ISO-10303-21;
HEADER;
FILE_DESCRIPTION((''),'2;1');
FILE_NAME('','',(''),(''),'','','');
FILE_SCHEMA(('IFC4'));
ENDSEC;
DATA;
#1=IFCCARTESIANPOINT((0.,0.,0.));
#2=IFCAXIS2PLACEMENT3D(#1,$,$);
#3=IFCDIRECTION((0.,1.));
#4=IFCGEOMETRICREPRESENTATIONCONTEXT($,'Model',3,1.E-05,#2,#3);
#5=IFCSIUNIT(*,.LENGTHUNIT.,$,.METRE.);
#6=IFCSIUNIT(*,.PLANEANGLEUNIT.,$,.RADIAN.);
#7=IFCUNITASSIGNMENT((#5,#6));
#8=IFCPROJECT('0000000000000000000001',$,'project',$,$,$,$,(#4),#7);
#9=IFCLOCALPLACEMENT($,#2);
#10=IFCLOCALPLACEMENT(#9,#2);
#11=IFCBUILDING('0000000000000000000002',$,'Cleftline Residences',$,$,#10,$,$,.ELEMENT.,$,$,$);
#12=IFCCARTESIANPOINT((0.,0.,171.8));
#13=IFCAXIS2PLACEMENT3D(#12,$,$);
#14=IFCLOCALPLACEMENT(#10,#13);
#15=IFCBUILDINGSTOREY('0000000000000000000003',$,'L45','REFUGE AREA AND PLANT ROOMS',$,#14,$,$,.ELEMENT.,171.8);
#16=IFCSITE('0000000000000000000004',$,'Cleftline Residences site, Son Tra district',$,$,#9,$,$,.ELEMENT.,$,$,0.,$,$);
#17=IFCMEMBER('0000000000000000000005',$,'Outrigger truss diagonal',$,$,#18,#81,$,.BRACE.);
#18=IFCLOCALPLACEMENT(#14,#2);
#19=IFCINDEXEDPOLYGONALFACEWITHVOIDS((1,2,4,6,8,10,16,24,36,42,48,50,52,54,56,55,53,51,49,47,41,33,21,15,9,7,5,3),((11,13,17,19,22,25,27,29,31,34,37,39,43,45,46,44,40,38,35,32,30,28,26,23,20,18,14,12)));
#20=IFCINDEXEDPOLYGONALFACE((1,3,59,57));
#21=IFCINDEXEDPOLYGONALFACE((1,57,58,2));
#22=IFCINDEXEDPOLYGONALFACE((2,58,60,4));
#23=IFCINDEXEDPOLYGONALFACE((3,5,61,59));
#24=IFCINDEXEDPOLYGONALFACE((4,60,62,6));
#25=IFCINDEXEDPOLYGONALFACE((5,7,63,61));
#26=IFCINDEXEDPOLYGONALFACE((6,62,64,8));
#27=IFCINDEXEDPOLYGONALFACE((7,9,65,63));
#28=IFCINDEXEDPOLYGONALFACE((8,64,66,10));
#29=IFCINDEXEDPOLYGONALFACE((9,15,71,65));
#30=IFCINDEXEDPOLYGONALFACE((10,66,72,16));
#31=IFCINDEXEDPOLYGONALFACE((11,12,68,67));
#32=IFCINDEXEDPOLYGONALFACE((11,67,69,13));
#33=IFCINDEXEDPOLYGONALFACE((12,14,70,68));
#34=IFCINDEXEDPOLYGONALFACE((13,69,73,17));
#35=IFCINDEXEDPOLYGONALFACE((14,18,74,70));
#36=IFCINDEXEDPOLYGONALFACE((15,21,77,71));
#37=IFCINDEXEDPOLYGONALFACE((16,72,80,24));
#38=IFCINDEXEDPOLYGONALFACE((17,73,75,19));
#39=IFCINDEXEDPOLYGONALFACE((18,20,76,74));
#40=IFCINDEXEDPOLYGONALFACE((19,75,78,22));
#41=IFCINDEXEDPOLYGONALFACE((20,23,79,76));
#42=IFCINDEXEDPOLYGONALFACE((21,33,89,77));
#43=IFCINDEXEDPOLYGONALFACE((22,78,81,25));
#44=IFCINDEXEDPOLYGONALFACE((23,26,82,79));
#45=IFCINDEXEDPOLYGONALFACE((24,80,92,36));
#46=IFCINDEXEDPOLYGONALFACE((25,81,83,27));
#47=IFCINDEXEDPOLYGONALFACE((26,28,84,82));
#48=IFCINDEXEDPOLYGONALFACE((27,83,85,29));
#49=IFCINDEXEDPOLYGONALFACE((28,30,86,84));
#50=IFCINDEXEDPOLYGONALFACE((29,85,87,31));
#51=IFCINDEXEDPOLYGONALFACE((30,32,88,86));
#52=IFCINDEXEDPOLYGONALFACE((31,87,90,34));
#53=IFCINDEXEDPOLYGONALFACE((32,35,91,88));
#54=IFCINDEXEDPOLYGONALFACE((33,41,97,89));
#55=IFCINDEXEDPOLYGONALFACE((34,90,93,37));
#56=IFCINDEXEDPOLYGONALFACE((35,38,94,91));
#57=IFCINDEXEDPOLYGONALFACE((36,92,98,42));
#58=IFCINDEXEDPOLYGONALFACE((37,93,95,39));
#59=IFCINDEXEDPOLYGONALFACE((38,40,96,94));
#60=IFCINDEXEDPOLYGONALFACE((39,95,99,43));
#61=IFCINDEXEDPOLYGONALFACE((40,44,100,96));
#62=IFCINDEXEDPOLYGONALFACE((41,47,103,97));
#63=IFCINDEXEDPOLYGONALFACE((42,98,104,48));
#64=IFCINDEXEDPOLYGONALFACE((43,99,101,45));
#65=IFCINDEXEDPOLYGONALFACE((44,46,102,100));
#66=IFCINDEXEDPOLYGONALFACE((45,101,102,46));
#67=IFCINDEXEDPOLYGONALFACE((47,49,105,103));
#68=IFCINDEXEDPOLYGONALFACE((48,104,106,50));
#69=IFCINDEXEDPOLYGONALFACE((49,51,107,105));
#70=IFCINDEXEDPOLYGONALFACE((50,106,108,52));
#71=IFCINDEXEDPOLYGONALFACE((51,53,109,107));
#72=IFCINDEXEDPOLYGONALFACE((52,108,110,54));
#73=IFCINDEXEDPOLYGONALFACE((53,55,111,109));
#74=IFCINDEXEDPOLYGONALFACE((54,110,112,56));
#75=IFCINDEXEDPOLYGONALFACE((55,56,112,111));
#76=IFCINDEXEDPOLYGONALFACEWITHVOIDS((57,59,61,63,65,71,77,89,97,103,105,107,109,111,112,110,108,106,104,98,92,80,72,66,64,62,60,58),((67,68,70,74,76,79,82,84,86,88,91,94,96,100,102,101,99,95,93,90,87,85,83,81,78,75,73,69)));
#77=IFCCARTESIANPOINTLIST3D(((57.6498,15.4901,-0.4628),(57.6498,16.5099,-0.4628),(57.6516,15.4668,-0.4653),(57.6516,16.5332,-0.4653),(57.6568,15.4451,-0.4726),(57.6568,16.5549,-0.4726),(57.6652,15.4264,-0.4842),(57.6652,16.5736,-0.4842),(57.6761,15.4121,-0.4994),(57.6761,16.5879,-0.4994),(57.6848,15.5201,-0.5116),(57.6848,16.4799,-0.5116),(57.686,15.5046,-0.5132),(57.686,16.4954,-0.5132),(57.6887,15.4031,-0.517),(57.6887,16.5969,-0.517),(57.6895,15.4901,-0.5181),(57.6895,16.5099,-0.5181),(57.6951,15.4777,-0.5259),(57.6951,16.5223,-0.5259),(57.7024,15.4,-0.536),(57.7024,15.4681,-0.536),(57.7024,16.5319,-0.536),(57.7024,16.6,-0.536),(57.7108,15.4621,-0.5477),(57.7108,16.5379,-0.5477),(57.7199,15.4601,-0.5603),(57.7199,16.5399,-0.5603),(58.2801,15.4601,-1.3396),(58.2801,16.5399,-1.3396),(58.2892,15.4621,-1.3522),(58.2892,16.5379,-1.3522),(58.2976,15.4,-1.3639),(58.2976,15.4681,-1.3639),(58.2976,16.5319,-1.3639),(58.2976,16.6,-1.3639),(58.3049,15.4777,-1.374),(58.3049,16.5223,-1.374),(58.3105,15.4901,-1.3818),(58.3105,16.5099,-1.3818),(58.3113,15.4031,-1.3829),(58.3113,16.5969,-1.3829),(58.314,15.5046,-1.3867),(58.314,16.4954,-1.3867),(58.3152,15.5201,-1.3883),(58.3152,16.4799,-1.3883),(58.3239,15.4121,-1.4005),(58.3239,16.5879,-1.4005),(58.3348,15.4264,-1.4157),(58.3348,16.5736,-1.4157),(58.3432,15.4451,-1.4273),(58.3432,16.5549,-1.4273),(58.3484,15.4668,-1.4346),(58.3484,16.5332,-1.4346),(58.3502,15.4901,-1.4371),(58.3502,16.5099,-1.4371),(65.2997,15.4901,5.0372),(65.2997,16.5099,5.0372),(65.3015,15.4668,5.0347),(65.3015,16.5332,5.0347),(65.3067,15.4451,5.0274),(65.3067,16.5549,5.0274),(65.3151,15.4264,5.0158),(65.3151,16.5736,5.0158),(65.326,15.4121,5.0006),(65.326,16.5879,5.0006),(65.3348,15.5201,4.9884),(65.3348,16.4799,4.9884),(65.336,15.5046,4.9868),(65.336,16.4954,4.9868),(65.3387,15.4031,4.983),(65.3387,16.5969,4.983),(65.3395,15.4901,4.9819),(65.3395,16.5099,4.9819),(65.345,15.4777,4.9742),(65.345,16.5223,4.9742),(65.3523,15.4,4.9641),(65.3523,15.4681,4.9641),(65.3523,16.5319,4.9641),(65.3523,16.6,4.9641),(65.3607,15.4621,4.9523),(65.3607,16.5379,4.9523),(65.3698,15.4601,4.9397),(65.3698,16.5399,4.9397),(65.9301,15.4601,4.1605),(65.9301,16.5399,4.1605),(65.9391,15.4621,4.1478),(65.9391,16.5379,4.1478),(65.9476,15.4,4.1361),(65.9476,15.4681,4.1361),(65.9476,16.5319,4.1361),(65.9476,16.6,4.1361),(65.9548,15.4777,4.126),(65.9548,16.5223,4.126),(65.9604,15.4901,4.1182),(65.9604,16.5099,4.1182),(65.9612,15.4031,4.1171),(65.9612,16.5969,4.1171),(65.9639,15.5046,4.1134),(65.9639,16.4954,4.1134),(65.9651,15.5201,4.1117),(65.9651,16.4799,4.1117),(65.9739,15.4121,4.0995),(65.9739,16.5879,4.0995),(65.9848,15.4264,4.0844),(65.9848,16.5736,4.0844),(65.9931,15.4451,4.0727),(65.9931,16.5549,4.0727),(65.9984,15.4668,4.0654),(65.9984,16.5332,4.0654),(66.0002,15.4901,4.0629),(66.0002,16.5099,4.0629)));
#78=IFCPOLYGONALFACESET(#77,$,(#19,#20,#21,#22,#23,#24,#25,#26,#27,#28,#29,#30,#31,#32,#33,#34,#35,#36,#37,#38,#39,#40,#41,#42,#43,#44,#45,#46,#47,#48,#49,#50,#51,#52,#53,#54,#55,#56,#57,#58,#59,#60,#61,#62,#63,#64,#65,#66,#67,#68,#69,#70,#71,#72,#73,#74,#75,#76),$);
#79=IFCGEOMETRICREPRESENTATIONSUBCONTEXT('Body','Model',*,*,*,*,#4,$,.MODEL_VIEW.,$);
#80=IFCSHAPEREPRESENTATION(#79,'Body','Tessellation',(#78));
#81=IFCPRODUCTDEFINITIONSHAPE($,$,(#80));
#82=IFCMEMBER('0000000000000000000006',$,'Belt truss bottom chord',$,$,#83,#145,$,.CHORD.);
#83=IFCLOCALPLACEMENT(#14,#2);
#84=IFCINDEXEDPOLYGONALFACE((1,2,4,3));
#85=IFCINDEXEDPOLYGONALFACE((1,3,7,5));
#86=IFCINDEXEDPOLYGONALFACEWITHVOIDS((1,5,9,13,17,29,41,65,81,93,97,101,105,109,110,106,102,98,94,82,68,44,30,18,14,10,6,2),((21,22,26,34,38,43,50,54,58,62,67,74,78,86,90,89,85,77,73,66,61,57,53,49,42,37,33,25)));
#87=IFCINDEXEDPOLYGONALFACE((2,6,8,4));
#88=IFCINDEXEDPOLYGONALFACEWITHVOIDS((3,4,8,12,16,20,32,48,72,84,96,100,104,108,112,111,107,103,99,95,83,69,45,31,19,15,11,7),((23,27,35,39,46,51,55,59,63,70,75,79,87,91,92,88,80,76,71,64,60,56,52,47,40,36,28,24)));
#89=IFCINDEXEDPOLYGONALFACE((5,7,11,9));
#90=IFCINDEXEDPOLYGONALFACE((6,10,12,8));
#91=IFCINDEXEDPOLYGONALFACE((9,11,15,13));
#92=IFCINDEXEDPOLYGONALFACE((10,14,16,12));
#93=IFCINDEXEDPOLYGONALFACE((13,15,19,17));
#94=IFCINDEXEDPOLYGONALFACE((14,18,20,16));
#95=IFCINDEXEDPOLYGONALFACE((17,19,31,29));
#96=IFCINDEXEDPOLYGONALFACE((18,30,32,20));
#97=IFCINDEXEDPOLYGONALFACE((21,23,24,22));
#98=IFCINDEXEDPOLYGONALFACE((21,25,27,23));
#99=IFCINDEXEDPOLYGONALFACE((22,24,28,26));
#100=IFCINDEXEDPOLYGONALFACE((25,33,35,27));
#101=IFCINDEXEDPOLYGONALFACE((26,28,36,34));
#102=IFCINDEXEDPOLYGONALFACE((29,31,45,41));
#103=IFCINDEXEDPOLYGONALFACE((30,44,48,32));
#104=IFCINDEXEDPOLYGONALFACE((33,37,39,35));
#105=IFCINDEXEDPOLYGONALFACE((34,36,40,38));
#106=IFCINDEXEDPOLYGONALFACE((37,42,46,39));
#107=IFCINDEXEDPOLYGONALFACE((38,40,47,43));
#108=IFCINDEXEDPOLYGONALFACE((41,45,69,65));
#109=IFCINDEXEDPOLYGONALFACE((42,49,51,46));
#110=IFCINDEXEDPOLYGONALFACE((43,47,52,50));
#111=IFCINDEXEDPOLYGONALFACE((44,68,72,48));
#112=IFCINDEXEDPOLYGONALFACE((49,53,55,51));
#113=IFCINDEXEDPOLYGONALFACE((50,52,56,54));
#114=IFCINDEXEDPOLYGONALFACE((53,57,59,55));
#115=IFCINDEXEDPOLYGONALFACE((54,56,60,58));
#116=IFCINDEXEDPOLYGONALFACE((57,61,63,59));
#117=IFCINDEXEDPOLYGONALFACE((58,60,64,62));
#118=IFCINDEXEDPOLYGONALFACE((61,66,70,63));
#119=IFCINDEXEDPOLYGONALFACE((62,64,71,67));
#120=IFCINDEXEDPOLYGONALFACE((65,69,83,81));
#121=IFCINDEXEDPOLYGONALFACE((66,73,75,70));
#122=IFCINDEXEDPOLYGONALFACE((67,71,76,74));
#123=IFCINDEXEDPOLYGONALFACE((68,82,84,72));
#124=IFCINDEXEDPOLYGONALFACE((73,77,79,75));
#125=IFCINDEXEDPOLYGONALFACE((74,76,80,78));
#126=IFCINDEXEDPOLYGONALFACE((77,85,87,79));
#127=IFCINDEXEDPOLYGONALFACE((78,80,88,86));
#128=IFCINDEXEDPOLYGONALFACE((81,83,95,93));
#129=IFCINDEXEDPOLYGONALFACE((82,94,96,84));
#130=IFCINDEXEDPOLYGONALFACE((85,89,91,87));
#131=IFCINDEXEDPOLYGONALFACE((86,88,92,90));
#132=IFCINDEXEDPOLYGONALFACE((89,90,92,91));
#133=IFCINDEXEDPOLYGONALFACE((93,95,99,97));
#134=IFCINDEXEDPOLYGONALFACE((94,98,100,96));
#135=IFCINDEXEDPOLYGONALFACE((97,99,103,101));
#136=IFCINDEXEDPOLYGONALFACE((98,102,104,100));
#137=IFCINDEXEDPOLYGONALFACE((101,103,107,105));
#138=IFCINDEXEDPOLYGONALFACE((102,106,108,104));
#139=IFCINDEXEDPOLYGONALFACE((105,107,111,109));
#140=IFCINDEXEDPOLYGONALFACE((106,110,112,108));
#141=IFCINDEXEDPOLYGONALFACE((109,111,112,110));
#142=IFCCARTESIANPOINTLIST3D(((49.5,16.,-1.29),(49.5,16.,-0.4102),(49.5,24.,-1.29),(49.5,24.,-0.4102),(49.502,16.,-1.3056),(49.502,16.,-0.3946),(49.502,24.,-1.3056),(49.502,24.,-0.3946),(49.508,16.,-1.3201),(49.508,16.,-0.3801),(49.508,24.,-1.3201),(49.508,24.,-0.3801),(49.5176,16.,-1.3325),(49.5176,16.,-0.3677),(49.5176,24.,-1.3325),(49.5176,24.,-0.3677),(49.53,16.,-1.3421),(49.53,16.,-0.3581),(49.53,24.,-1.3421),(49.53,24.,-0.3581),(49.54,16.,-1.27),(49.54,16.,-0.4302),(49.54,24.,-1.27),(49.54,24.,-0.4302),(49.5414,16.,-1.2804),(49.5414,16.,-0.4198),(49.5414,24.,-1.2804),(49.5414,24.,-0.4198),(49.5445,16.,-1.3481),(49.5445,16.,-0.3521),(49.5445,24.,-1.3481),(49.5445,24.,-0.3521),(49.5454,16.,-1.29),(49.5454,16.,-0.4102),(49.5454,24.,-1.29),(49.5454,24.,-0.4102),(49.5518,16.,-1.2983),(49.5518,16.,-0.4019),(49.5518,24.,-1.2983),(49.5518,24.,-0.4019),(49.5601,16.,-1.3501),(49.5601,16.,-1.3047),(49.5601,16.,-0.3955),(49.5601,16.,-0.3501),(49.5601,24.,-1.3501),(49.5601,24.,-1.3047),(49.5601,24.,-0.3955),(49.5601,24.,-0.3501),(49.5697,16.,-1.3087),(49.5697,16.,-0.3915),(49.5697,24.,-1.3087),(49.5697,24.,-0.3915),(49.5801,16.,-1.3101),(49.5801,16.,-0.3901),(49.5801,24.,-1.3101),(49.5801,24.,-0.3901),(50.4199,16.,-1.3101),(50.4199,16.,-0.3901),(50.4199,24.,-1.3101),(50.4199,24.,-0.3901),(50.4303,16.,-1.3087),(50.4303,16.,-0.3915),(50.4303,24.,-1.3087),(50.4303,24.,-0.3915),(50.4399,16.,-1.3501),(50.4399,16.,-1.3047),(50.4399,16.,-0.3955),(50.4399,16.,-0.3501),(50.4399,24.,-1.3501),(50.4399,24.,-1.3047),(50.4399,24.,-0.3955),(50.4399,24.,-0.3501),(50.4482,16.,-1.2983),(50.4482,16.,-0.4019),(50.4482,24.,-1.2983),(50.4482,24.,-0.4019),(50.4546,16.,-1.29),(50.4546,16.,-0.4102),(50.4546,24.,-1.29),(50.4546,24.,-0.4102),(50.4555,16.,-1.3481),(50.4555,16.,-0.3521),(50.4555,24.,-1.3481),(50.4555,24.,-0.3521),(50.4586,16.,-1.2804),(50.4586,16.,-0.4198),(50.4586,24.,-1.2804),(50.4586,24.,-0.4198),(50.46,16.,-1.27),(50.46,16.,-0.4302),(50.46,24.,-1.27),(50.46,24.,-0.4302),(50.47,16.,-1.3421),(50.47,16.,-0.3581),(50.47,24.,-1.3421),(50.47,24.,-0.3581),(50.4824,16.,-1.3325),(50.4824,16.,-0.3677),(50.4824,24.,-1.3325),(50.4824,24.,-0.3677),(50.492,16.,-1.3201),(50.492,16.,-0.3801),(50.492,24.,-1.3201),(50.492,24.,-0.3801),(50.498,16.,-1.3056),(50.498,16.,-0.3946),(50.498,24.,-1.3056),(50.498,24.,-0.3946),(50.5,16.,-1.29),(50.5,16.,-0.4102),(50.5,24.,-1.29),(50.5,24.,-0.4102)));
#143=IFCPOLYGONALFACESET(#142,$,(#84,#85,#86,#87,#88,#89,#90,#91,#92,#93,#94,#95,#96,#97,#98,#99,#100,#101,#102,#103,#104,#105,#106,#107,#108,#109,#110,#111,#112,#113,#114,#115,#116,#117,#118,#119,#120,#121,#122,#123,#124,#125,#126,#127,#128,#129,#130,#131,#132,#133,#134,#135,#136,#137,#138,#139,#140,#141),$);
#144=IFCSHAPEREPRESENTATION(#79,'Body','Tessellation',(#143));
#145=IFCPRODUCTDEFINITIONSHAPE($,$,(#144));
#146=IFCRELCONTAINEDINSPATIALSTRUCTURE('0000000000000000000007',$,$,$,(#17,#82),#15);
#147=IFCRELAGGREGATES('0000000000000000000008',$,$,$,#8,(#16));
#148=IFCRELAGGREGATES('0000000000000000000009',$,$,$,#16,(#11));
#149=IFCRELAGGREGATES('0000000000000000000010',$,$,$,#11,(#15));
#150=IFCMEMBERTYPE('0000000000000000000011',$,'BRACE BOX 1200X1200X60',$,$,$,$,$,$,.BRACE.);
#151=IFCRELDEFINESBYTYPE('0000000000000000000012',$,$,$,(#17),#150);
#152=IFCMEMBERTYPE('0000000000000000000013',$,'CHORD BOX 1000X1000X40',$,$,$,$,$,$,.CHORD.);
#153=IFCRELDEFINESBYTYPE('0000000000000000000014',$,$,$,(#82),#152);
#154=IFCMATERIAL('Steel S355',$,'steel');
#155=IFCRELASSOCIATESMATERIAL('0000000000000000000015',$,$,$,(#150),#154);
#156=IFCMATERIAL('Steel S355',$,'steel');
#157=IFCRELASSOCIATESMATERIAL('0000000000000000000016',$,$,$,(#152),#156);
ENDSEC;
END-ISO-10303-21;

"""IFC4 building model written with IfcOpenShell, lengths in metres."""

from ifc_helpers import new_model, si_unit, direction, frame, origin, origin_2d, place, context, subcontext, project, spatial, hollow_rectangle, extrude, material, material_profile, profile_set, type_object, element, save


model = new_model("IFC4")

# Units and contexts
model_context = context("Model", 3, precision=1e-05, world=origin(), true_north=direction((0.0, 1.0)))
body_context = subcontext(model_context, "Body", "Model", "MODEL_VIEW")
ifc_project = project(units=[si_unit("LENGTHUNIT", "METRE"), si_unit("PLANEANGLEUNIT", "RADIAN")], contexts=[model_context])

# Site, building, storey
site_placement = place(None, origin())
site = spatial("IfcSite", under=ifc_project, at=site_placement, Name="Cleftline Residences site, Son Tra district", CompositionType="ELEMENT", RefElevation=0.0)
building_placement = place(site_placement, origin())
building = spatial("IfcBuilding", under=site, at=building_placement, Name="Cleftline Residences", CompositionType="ELEMENT")
storey_placement = place(building_placement, frame((0.0, 0.0, 171.8)))
storey = spatial("IfcBuildingStorey", under=building, at=storey_placement, Name="L45", Description="REFUGE AREA AND PLANT ROOMS", CompositionType="ELEMENT", Elevation=171.8)

# Members
ifc_material_1 = material(Name="Steel S355", Category="steel")
ifc_material_profile_1 = material_profile(ifc_material_1, hollow_rectangle(XDim=1.2, YDim=1.2, WallThickness=0.0601, InnerFilletRadius=0.0601, OuterFilletRadius=0.0901, at=origin_2d()))
ifc_profile_set_1 = profile_set([ifc_material_profile_1], Name="Steel S355")
member_type_1 = type_object("IfcMemberType", Name="BRACE BOX 1200X1200X60", PredefinedType="BRACE", material=ifc_profile_set_1)
member_1_placement = place(storey_placement, frame((58.0, 16.0, -0.95), z_axis=(0.811933, 0.0, 0.58375), x_axis=(-0.58375, 0.0, 0.811933)))
element("IfcMember", 1, at=member_1_placement, inside=storey, type_object=member_type_1, Name="Outrigger truss diagonal", PredefinedType="BRACE", context=body_context, shape_type="SweptSolid", body=[
    extrude(hollow_rectangle(XDim=1.2, YDim=1.2, WallThickness=0.0601, InnerFilletRadius=0.0601, OuterFilletRadius=0.0901, at=origin_2d()), origin(), (0.0, 0.0, 1.0), 9.4219),
])
ifc_material_2 = material(Name="Steel S355", Category="steel")
ifc_material_profile_2 = material_profile(ifc_material_2, hollow_rectangle(XDim=1.0, YDim=1.0, WallThickness=0.04, InnerFilletRadius=0.04, OuterFilletRadius=0.0601, at=origin_2d()))
ifc_profile_set_2 = profile_set([ifc_material_profile_2], Name="Steel S355")
member_type_2 = type_object("IfcMemberType", Name="CHORD BOX 1000X1000X40", PredefinedType="CHORD", material=ifc_profile_set_2)
for number, where, z_axis, x_axis, name in (
    (2, (50.0, 16.0, -0.8501), (0.0, 1.0, 0.0), (-1.0, 0.0, 0.0), "Belt truss bottom chord"),
):
    element("IfcMember", number, at=place(storey_placement, frame(where, z_axis=z_axis, x_axis=x_axis)), inside=storey, type_object=member_type_2, Name=name, PredefinedType="CHORD", context=body_context, shape_type="SweptSolid", body=[
        extrude(hollow_rectangle(XDim=1.0, YDim=1.0, WallThickness=0.04, InnerFilletRadius=0.04, OuterFilletRadius=0.0601, at=origin_2d()), origin(), (0.0, 0.0, 1.0), 8.0),
    ])

save(model, "model.ifc")
